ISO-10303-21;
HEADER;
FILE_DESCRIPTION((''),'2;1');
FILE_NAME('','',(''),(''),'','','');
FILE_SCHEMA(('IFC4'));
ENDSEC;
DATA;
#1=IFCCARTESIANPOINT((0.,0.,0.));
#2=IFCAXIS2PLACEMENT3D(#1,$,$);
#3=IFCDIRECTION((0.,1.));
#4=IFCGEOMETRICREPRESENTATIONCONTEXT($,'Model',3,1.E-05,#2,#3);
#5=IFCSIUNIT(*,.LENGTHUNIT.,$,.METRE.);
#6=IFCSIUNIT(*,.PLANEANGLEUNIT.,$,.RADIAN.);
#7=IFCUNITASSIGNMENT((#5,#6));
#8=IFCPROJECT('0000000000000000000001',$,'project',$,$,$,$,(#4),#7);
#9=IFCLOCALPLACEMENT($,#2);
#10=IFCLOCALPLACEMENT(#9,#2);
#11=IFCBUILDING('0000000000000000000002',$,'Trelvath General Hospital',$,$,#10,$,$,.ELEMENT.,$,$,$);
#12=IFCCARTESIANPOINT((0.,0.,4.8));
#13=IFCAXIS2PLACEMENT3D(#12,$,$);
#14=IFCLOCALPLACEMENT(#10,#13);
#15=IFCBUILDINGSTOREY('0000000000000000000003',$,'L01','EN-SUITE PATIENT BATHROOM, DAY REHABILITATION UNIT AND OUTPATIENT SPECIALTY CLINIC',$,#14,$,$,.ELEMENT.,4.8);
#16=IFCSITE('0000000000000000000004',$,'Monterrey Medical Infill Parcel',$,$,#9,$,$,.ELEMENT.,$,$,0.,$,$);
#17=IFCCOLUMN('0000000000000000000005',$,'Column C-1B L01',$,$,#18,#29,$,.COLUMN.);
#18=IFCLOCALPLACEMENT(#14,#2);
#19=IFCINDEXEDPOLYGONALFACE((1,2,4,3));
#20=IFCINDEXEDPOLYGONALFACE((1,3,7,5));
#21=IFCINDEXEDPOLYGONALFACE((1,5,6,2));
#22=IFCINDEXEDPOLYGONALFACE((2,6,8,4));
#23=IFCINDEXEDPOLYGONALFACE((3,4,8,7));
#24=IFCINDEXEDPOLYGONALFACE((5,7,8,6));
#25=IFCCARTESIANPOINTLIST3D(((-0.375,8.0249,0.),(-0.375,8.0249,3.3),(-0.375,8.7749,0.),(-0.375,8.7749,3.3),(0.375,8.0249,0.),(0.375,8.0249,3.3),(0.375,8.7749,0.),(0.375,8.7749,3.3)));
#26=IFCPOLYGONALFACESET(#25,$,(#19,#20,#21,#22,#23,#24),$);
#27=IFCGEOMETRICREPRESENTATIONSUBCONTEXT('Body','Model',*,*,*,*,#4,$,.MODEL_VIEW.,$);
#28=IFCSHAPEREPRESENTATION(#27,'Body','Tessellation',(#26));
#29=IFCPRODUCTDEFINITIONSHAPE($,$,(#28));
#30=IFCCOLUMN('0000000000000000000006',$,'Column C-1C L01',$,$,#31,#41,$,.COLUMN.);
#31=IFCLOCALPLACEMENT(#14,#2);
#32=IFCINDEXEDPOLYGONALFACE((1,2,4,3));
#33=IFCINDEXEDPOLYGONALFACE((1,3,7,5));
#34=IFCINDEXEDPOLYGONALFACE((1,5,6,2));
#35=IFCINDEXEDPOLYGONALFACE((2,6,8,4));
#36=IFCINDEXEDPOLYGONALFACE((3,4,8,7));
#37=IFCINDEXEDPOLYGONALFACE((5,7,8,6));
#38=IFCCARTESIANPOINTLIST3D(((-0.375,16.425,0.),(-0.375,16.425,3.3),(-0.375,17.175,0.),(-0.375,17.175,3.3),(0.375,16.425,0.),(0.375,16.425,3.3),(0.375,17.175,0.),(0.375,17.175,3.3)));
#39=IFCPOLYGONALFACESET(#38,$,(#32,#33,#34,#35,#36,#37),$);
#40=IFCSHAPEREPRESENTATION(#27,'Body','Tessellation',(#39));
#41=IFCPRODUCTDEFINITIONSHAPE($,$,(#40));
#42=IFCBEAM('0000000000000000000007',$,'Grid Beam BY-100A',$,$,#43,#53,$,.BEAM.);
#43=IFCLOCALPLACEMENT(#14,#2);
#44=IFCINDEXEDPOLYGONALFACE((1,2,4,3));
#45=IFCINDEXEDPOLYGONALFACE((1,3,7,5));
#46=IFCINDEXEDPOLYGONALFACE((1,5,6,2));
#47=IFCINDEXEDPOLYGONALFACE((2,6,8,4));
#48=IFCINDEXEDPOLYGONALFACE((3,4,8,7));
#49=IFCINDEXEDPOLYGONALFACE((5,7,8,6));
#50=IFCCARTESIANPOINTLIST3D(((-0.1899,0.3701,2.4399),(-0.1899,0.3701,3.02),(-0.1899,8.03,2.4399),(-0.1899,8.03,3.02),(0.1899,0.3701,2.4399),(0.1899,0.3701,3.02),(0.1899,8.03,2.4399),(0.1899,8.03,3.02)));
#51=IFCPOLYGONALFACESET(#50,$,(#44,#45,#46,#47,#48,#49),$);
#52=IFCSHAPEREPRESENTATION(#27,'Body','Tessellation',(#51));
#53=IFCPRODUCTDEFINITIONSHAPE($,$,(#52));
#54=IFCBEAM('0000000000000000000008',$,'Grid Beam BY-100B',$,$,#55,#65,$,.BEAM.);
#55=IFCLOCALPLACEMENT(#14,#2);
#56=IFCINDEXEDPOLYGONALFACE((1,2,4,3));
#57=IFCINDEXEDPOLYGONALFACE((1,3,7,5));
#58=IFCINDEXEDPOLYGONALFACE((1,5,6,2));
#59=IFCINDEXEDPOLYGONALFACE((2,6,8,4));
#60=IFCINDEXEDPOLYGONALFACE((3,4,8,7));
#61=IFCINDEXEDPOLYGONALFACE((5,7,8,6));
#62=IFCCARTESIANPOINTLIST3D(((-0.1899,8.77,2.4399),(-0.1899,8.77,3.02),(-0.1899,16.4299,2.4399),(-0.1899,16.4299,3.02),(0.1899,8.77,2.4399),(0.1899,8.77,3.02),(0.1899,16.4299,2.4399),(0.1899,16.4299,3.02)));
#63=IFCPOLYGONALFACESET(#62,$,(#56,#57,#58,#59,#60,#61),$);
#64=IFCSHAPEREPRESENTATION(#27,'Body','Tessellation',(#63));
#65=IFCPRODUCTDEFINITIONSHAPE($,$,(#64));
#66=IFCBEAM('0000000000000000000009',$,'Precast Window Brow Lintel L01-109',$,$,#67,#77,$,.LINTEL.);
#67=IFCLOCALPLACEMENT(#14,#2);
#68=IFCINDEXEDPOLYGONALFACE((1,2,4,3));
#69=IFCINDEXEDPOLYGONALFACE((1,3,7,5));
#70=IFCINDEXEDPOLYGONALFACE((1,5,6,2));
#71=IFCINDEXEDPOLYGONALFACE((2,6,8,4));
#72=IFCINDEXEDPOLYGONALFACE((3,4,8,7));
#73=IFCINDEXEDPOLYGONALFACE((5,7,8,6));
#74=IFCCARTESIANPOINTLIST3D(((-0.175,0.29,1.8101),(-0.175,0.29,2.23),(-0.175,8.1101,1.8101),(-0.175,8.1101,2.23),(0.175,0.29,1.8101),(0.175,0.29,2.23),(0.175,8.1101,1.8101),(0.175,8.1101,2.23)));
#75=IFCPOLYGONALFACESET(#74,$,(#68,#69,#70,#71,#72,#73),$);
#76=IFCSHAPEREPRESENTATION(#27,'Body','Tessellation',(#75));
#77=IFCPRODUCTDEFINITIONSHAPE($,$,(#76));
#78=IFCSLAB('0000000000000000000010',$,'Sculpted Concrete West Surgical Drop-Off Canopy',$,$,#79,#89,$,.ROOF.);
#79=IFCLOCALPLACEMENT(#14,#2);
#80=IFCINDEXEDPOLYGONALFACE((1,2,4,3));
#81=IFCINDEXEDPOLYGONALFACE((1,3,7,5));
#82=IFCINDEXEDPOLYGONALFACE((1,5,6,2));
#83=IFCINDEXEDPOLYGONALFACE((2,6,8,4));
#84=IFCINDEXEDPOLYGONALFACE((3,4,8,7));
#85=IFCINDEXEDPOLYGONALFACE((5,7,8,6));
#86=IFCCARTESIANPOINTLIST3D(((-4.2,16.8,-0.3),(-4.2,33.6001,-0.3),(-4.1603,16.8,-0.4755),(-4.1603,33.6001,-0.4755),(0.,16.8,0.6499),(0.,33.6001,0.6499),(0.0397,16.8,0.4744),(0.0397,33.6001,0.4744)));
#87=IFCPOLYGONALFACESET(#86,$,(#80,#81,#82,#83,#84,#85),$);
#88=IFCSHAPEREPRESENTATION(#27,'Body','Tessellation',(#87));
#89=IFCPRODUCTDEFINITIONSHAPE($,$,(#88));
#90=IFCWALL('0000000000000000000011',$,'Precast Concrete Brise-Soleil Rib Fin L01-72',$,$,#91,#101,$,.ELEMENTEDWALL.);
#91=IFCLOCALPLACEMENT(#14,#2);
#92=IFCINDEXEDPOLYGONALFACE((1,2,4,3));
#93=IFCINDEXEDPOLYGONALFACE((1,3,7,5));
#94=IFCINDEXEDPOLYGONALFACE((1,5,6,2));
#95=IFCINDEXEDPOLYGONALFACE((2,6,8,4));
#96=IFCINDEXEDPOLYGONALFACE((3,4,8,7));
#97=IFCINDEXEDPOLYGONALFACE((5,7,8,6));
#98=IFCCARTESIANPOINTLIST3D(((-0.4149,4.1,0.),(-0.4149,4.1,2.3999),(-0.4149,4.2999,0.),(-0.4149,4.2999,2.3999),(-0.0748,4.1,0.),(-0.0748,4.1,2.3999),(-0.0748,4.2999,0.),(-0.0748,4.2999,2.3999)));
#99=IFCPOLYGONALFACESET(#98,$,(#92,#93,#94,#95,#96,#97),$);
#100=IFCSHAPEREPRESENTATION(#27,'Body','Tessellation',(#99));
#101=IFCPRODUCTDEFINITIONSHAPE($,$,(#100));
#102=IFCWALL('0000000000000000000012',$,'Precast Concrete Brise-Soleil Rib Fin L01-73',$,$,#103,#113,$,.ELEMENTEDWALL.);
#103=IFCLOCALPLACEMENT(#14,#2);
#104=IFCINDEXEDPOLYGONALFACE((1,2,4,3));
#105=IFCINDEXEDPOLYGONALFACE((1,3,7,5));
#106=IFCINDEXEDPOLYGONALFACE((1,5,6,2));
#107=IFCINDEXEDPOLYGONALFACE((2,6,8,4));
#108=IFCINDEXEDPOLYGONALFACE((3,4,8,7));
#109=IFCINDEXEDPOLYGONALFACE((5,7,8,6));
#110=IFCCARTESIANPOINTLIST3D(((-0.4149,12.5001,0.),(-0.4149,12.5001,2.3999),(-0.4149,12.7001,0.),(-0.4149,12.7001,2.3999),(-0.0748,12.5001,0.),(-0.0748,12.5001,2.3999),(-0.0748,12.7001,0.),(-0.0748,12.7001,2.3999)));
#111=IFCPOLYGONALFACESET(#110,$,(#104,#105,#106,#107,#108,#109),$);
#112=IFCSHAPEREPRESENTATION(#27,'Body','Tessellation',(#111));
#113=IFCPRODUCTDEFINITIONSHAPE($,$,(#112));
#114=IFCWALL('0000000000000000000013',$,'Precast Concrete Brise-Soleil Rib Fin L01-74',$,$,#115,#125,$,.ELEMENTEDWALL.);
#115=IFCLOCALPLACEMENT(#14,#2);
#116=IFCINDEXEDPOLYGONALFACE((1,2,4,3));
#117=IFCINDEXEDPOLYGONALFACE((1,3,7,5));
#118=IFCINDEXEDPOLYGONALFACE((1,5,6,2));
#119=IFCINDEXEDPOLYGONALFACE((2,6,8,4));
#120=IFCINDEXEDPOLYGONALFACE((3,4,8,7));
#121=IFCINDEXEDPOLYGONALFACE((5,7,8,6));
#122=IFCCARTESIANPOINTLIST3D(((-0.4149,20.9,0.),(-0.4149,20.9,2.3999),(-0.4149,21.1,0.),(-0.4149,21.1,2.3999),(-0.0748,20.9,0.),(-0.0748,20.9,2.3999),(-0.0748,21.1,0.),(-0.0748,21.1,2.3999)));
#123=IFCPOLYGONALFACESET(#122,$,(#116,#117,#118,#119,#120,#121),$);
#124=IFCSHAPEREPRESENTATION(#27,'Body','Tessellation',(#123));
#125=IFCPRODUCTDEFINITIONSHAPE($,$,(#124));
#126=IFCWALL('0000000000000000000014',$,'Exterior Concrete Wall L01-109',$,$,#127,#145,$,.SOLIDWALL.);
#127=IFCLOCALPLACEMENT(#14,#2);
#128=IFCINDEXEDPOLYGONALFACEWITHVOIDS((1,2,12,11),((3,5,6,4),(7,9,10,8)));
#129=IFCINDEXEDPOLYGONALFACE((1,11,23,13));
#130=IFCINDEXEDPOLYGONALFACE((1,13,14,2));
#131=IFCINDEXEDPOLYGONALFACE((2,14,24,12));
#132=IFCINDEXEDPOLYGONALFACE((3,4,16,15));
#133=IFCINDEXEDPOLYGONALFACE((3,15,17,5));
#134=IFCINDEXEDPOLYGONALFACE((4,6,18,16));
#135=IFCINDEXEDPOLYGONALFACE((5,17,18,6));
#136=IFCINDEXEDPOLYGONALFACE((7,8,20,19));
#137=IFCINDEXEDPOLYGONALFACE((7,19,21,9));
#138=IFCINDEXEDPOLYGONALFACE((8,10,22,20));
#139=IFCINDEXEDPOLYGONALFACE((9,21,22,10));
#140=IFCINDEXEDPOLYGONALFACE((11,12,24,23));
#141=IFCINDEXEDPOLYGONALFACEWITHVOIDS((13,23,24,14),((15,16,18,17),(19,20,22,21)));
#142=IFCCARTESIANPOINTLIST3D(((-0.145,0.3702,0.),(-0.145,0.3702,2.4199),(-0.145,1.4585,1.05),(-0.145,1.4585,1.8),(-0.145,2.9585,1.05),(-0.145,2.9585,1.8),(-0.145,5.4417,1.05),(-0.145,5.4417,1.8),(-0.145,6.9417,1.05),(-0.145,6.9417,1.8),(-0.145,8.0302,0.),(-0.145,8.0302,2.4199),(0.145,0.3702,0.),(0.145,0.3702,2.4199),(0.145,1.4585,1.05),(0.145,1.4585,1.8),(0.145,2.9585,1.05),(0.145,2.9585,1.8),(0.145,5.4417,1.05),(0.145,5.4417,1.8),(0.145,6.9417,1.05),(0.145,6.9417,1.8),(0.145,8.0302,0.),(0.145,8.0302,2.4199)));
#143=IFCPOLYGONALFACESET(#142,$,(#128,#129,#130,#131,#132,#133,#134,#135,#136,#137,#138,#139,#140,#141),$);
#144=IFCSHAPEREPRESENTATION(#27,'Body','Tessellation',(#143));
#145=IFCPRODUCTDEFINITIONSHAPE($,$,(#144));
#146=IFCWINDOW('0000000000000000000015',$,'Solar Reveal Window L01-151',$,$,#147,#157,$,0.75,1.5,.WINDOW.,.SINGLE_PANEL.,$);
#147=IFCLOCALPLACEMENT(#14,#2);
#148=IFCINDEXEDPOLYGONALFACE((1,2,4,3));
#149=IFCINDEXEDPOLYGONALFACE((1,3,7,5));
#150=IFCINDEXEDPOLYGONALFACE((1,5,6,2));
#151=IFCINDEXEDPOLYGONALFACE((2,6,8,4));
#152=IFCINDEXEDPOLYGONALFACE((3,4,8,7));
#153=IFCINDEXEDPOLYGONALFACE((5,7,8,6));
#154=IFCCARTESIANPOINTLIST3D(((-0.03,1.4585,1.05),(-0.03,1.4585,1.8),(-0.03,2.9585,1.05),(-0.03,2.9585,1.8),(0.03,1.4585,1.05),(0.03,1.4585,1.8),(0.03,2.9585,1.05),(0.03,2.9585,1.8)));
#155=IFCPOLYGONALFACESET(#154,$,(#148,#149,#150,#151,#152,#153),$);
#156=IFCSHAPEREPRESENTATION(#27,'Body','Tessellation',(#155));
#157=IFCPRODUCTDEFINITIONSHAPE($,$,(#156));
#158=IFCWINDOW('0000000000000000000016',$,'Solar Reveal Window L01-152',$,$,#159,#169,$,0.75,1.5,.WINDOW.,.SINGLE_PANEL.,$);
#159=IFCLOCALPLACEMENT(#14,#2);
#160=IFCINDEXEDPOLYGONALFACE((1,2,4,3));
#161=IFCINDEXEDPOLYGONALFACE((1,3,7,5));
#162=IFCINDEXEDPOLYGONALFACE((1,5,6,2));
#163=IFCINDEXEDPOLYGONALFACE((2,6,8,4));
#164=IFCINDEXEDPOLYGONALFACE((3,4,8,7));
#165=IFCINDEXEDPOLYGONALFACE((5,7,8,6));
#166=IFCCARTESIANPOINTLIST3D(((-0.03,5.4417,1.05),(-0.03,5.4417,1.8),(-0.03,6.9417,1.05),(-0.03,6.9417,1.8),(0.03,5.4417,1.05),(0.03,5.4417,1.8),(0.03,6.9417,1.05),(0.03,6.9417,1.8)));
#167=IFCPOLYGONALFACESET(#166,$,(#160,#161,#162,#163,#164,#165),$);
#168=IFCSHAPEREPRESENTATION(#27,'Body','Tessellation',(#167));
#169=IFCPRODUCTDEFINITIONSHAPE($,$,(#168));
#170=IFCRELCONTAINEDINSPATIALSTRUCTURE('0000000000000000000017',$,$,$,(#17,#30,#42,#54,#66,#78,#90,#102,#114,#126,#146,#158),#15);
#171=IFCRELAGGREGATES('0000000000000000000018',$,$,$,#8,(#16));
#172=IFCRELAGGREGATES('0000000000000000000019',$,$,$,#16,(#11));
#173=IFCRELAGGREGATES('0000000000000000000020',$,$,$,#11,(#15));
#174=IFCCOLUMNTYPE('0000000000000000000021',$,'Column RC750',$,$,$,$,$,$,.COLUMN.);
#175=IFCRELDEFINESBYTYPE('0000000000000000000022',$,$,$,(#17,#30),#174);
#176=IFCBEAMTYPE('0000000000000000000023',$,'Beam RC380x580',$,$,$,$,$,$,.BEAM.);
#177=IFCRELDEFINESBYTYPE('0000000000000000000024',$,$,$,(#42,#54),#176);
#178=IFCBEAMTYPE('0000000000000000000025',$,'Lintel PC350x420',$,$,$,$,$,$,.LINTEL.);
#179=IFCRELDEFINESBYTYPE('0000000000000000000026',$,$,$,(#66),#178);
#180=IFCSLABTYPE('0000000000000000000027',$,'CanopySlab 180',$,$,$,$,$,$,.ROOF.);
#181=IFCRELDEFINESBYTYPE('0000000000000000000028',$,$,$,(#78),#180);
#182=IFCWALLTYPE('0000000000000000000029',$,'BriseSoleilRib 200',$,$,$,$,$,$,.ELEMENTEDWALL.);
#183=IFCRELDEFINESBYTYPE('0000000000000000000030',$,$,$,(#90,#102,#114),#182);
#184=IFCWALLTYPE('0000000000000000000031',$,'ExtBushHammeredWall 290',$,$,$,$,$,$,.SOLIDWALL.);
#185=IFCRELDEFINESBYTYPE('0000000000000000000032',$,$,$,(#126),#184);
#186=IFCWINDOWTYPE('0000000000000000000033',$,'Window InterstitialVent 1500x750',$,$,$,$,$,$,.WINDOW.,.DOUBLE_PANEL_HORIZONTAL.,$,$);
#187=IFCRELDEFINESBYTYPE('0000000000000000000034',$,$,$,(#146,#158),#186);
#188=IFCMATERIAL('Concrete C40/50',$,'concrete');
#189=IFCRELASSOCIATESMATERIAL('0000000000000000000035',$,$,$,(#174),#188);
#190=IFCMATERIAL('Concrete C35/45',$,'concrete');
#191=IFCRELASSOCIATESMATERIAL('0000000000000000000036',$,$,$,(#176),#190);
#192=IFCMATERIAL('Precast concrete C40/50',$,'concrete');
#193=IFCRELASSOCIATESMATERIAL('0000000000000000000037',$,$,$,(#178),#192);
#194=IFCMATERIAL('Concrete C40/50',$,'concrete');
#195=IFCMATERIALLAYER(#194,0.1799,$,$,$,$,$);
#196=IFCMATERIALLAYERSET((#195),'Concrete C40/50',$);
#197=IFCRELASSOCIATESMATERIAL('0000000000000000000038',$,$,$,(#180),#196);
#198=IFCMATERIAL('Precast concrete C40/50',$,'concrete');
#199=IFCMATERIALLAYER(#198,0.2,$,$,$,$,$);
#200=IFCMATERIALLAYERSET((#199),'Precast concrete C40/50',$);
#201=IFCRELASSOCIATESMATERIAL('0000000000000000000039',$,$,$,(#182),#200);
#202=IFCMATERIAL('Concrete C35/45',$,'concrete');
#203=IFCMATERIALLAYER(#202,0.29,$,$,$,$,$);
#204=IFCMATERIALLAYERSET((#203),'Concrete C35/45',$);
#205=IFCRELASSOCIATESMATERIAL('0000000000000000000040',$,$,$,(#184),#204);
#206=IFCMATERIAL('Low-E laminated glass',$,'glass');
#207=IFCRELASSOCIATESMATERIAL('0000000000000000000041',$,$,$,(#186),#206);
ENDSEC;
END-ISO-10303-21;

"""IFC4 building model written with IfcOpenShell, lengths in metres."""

from ifc_helpers import new_model, si_unit, direction, frame, frame_2d, origin, origin_2d, place, context, subcontext, project, spatial, polyline, rectangle, outline, extrude, material, layer, layer_set, material_profile, profile_set, type_object, element, fill, save


model = new_model("IFC4")

# Units and contexts
model_context = context("Model", 3, precision=1e-05, world=origin(), true_north=direction((0.0, 1.0)))
body_context = subcontext(model_context, "Body", "Model", "MODEL_VIEW")
ifc_project = project(units=[si_unit("LENGTHUNIT", "METRE"), si_unit("PLANEANGLEUNIT", "RADIAN")], contexts=[model_context])

# Site, building, storey
site_placement = place(None, origin())
site = spatial("IfcSite", under=ifc_project, at=site_placement, Name="Monterrey Medical Infill Parcel", CompositionType="ELEMENT", RefElevation=0.0)
building_placement = place(site_placement, origin())
building = spatial("IfcBuilding", under=site, at=building_placement, Name="Trelvath General Hospital", CompositionType="ELEMENT")
storey_placement = place(building_placement, frame((0.0, 0.0, 4.8)))
storey = spatial("IfcBuildingStorey", under=building, at=storey_placement, Name="L01", Description="EN-SUITE PATIENT BATHROOM, DAY REHABILITATION UNIT AND OUTPATIENT SPECIALTY CLINIC", CompositionType="ELEMENT", Elevation=4.8)

# Columns
ifc_material_1 = material(Name="Concrete C40/50", Category="concrete")
ifc_material_profile_1 = material_profile(ifc_material_1, rectangle(XDim=0.75, YDim=0.75, at=origin_2d()), Name="RC750x750")
ifc_profile_set_1 = profile_set([ifc_material_profile_1], Name="Concrete C40/50")
column_type = type_object("IfcColumnType", Name="Column RC750", PredefinedType="COLUMN", material=ifc_profile_set_1)
for number, where, z_axis, x_axis, name in (
    (1, (0.0, 8.3999, 0.0), (0.0, 0.0, 1.0), (1.0, 0.0, 0.0), "Column C-1B L01"),
    (2, (0.0, 16.8, 0.0), (0.0, 0.0, 1.0), (1.0, 0.0, 0.0), "Column C-1C L01"),
):
    element("IfcColumn", number, at=place(storey_placement, frame(where, z_axis=z_axis, x_axis=x_axis)), inside=storey, type_object=column_type, Name=name, PredefinedType="COLUMN", context=body_context, shape_type="SweptSolid", body=[
        extrude(rectangle(XDim=0.75, YDim=0.75, at=origin_2d()), origin(), (0.0, 0.0, 1.0), 3.3),
    ])

# Beams
ifc_material_2 = material(Name="Concrete C35/45", Category="concrete")
ifc_material_profile_2 = material_profile(ifc_material_2, rectangle(XDim=0.3799, YDim=0.5801, at=origin_2d()), Name="RCB380x580")
ifc_profile_set_2 = profile_set([ifc_material_profile_2], Name="Concrete C35/45")
beam_type_1 = type_object("IfcBeamType", Name="Beam RC380x580", PredefinedType="BEAM", material=ifc_profile_set_2)
for number, where, z_axis, x_axis, name in (
    (3, (0.0, 0.3701, 2.73), (0.0, 1.0, 0.0), (-1.0, 0.0, 0.0), "Grid Beam BY-100A"),
    (4, (0.0, 8.77, 2.73), (0.0, 1.0, 0.0), (-1.0, 0.0, 0.0), "Grid Beam BY-100B"),
):
    element("IfcBeam", number, at=place(storey_placement, frame(where, z_axis=z_axis, x_axis=x_axis)), inside=storey, type_object=beam_type_1, Name=name, PredefinedType="BEAM", context=body_context, shape_type="SweptSolid", body=[
        extrude(rectangle(XDim=0.3799, YDim=0.5801, at=origin_2d()), origin(), (0.0, 0.0, 1.0), 7.6599),
    ])
ifc_material_3 = material(Name="Precast concrete C40/50", Category="concrete")
ifc_material_profile_3 = material_profile(ifc_material_3, rectangle(XDim=0.3501, YDim=0.4199, at=origin_2d()), Name="PCL350x420")
ifc_profile_set_3 = profile_set([ifc_material_profile_3], Name="Precast concrete C40/50")
beam_type_2 = type_object("IfcBeamType", Name="Lintel PC350x420", PredefinedType="LINTEL", material=ifc_profile_set_3)
beam_placement = place(storey_placement, frame((0.0, 0.29, 2.02), z_axis=(0.0, 1.0, 0.0), x_axis=(-1.0, 0.0, 0.0)))
element("IfcBeam", 5, at=beam_placement, inside=storey, type_object=beam_type_2, Name="Precast Window Brow Lintel L01-109", PredefinedType="LINTEL", context=body_context, shape_type="SweptSolid", body=[
    extrude(rectangle(XDim=0.3501, YDim=0.4199, at=origin_2d()), origin(), (0.0, 0.0, 1.0), 7.8201),
])

# Slab
ifc_material_4 = material(Name="Concrete C40/50", Category="concrete")
ifc_layer_1 = layer(ifc_material_4, 0.1799)
ifc_layer_set_1 = layer_set([ifc_layer_1], Name="Concrete C40/50")
slab_type = type_object("IfcSlabType", Name="CanopySlab 180", PredefinedType="ROOF", material=ifc_layer_set_1)
slab_placement = place(storey_placement, frame((-4.2, 16.8, -0.3), z_axis=(-0.220609, 0.0, 0.975362), x_axis=(0.975362, 0.0, 0.220609)))
element("IfcSlab", 6, at=slab_placement, inside=storey, type_object=slab_type, Name="Sculpted Concrete West Surgical Drop-Off Canopy", PredefinedType="ROOF", context=body_context, shape_type="SweptSolid", body=[
    extrude(outline(polyline([(0.0, 0.0), (4.306, 0.0), (4.306, 16.8), (0.0, 16.8), (0.0, 0.0)])), origin(), (0.0, 0.0, -1.0), 0.1799),
])

# Walls
ifc_material_5 = material(Name="Precast concrete C40/50", Category="concrete")
ifc_layer_2 = layer(ifc_material_5, 0.2)
ifc_layer_set_2 = layer_set([ifc_layer_2], Name="Precast concrete C40/50")
wall_type_1 = type_object("IfcWallType", Name="BriseSoleilRib 200", PredefinedType="ELEMENTEDWALL", material=ifc_layer_set_2)
for number, where, z_axis, x_axis, name in (
    (7, (-0.075, 4.2, 0.0), (0.0, 0.0, 1.0), (-1.0, 0.0, 0.0), "Precast Concrete Brise-Soleil Rib Fin L01-72"),
    (8, (-0.075, 12.6001, 0.0), (0.0, 0.0, 1.0), (-1.0, 0.0, 0.0), "Precast Concrete Brise-Soleil Rib Fin L01-73"),
    (9, (-0.075, 21.0, 0.0), (0.0, 0.0, 1.0), (-1.0, 0.0, 0.0), "Precast Concrete Brise-Soleil Rib Fin L01-74"),
):
    element("IfcWall", number, at=place(storey_placement, frame(where, z_axis=z_axis, x_axis=x_axis)), inside=storey, type_object=wall_type_1, Name=name, PredefinedType="ELEMENTEDWALL", context=body_context, shape_type="SweptSolid", body=[
        extrude(rectangle(XDim=0.3401, YDim=0.2, at=frame_2d((0.1699, 0.0))), origin(), (0.0, 0.0, 1.0), 2.3999),
    ])

# Wall, openings, windows
ifc_material_6 = material(Name="Concrete C35/45", Category="concrete")
ifc_layer_3 = layer(ifc_material_6, 0.29)
ifc_layer_set_3 = layer_set([ifc_layer_3], Name="Concrete C35/45")
wall_type_2 = type_object("IfcWallType", Name="ExtBushHammeredWall 290", PredefinedType="SOLIDWALL", material=ifc_layer_set_3)
wall_1_placement = place(storey_placement, frame((0.0, 0.3701, 0.0), z_axis=(0.0, 0.0, 1.0), x_axis=(0.0, 1.0, 0.0)))
wall_1 = element("IfcWall", 10, at=wall_1_placement, inside=storey, type_object=wall_type_2, Name="Exterior Concrete Wall L01-109", PredefinedType="SOLIDWALL", context=body_context, shape_type="SweptSolid", body=[
    extrude(rectangle(XDim=7.6599, YDim=0.29, at=frame_2d((3.8301, 0.0))), origin(), (0.0, 0.0, 1.0), 2.4199),
])
opening_1_placement = place(wall_1_placement, frame((1.0884, 0.0, 1.05)))
opening_1 = element("IfcOpeningElement", 11, at=opening_1_placement, cuts=wall_1, PredefinedType="OPENING", context=body_context, shape_type="SweptSolid", body=[
    extrude(rectangle(XDim=1.5, YDim=0.75, at=frame_2d((0.75, 0.375))), frame((0.0, 0.155, 0.0), z_axis=(0.0, -1.0, 0.0), x_axis=(1.0, 0.0, 0.0)), (0.0, 0.0, 1.0), 0.3101),
])
opening_2_placement = place(wall_1_placement, frame((5.0715, 0.0, 1.05)))
opening_2 = element("IfcOpeningElement", 12, at=opening_2_placement, cuts=wall_1, PredefinedType="OPENING", context=body_context, shape_type="SweptSolid", body=[
    extrude(rectangle(XDim=1.5, YDim=0.75, at=frame_2d((0.75, 0.375))), frame((0.0, 0.155, 0.0), z_axis=(0.0, -1.0, 0.0), x_axis=(1.0, 0.0, 0.0)), (0.0, 0.0, 1.0), 0.3101),
])
ifc_material_7 = material(Name="Low-E laminated glass", Category="glass")
window_type_1 = type_object("IfcWindowType", Name="Window InterstitialVent 1500x750", PartitioningType="DOUBLE_PANEL_HORIZONTAL", PredefinedType="WINDOW", material=ifc_material_7)
window_1_placement = place(opening_1_placement, origin())
window_1 = element("IfcWindow", 13, at=window_1_placement, inside=storey, type_object=window_type_1, Name="Solar Reveal Window L01-151", OverallHeight=0.75, OverallWidth=1.5, PartitioningType="SINGLE_PANEL", PredefinedType="WINDOW", context=body_context, shape_type="SweptSolid", body=[
    extrude(rectangle(XDim=1.5, YDim=0.75, at=frame_2d((0.75, 0.375))), frame((0.0, 0.03, 0.0), z_axis=(0.0, -1.0, 0.0), x_axis=(1.0, 0.0, 0.0)), (0.0, 0.0, 1.0), 0.0601),
])
fill(opening_1, window_1)
window_2_placement = place(opening_2_placement, origin())
window_2 = element("IfcWindow", 14, at=window_2_placement, inside=storey, type_object=window_type_1, Name="Solar Reveal Window L01-152", OverallHeight=0.75, OverallWidth=1.5, PartitioningType="SINGLE_PANEL", PredefinedType="WINDOW", context=body_context, shape_type="SweptSolid", body=[
    extrude(rectangle(XDim=1.5, YDim=0.75, at=frame_2d((0.75, 0.375))), frame((0.0, 0.03, 0.0), z_axis=(0.0, -1.0, 0.0), x_axis=(1.0, 0.0, 0.0)), (0.0, 0.0, 1.0), 0.0601),
])
fill(opening_2, window_2)

save(model, "model.ifc")
